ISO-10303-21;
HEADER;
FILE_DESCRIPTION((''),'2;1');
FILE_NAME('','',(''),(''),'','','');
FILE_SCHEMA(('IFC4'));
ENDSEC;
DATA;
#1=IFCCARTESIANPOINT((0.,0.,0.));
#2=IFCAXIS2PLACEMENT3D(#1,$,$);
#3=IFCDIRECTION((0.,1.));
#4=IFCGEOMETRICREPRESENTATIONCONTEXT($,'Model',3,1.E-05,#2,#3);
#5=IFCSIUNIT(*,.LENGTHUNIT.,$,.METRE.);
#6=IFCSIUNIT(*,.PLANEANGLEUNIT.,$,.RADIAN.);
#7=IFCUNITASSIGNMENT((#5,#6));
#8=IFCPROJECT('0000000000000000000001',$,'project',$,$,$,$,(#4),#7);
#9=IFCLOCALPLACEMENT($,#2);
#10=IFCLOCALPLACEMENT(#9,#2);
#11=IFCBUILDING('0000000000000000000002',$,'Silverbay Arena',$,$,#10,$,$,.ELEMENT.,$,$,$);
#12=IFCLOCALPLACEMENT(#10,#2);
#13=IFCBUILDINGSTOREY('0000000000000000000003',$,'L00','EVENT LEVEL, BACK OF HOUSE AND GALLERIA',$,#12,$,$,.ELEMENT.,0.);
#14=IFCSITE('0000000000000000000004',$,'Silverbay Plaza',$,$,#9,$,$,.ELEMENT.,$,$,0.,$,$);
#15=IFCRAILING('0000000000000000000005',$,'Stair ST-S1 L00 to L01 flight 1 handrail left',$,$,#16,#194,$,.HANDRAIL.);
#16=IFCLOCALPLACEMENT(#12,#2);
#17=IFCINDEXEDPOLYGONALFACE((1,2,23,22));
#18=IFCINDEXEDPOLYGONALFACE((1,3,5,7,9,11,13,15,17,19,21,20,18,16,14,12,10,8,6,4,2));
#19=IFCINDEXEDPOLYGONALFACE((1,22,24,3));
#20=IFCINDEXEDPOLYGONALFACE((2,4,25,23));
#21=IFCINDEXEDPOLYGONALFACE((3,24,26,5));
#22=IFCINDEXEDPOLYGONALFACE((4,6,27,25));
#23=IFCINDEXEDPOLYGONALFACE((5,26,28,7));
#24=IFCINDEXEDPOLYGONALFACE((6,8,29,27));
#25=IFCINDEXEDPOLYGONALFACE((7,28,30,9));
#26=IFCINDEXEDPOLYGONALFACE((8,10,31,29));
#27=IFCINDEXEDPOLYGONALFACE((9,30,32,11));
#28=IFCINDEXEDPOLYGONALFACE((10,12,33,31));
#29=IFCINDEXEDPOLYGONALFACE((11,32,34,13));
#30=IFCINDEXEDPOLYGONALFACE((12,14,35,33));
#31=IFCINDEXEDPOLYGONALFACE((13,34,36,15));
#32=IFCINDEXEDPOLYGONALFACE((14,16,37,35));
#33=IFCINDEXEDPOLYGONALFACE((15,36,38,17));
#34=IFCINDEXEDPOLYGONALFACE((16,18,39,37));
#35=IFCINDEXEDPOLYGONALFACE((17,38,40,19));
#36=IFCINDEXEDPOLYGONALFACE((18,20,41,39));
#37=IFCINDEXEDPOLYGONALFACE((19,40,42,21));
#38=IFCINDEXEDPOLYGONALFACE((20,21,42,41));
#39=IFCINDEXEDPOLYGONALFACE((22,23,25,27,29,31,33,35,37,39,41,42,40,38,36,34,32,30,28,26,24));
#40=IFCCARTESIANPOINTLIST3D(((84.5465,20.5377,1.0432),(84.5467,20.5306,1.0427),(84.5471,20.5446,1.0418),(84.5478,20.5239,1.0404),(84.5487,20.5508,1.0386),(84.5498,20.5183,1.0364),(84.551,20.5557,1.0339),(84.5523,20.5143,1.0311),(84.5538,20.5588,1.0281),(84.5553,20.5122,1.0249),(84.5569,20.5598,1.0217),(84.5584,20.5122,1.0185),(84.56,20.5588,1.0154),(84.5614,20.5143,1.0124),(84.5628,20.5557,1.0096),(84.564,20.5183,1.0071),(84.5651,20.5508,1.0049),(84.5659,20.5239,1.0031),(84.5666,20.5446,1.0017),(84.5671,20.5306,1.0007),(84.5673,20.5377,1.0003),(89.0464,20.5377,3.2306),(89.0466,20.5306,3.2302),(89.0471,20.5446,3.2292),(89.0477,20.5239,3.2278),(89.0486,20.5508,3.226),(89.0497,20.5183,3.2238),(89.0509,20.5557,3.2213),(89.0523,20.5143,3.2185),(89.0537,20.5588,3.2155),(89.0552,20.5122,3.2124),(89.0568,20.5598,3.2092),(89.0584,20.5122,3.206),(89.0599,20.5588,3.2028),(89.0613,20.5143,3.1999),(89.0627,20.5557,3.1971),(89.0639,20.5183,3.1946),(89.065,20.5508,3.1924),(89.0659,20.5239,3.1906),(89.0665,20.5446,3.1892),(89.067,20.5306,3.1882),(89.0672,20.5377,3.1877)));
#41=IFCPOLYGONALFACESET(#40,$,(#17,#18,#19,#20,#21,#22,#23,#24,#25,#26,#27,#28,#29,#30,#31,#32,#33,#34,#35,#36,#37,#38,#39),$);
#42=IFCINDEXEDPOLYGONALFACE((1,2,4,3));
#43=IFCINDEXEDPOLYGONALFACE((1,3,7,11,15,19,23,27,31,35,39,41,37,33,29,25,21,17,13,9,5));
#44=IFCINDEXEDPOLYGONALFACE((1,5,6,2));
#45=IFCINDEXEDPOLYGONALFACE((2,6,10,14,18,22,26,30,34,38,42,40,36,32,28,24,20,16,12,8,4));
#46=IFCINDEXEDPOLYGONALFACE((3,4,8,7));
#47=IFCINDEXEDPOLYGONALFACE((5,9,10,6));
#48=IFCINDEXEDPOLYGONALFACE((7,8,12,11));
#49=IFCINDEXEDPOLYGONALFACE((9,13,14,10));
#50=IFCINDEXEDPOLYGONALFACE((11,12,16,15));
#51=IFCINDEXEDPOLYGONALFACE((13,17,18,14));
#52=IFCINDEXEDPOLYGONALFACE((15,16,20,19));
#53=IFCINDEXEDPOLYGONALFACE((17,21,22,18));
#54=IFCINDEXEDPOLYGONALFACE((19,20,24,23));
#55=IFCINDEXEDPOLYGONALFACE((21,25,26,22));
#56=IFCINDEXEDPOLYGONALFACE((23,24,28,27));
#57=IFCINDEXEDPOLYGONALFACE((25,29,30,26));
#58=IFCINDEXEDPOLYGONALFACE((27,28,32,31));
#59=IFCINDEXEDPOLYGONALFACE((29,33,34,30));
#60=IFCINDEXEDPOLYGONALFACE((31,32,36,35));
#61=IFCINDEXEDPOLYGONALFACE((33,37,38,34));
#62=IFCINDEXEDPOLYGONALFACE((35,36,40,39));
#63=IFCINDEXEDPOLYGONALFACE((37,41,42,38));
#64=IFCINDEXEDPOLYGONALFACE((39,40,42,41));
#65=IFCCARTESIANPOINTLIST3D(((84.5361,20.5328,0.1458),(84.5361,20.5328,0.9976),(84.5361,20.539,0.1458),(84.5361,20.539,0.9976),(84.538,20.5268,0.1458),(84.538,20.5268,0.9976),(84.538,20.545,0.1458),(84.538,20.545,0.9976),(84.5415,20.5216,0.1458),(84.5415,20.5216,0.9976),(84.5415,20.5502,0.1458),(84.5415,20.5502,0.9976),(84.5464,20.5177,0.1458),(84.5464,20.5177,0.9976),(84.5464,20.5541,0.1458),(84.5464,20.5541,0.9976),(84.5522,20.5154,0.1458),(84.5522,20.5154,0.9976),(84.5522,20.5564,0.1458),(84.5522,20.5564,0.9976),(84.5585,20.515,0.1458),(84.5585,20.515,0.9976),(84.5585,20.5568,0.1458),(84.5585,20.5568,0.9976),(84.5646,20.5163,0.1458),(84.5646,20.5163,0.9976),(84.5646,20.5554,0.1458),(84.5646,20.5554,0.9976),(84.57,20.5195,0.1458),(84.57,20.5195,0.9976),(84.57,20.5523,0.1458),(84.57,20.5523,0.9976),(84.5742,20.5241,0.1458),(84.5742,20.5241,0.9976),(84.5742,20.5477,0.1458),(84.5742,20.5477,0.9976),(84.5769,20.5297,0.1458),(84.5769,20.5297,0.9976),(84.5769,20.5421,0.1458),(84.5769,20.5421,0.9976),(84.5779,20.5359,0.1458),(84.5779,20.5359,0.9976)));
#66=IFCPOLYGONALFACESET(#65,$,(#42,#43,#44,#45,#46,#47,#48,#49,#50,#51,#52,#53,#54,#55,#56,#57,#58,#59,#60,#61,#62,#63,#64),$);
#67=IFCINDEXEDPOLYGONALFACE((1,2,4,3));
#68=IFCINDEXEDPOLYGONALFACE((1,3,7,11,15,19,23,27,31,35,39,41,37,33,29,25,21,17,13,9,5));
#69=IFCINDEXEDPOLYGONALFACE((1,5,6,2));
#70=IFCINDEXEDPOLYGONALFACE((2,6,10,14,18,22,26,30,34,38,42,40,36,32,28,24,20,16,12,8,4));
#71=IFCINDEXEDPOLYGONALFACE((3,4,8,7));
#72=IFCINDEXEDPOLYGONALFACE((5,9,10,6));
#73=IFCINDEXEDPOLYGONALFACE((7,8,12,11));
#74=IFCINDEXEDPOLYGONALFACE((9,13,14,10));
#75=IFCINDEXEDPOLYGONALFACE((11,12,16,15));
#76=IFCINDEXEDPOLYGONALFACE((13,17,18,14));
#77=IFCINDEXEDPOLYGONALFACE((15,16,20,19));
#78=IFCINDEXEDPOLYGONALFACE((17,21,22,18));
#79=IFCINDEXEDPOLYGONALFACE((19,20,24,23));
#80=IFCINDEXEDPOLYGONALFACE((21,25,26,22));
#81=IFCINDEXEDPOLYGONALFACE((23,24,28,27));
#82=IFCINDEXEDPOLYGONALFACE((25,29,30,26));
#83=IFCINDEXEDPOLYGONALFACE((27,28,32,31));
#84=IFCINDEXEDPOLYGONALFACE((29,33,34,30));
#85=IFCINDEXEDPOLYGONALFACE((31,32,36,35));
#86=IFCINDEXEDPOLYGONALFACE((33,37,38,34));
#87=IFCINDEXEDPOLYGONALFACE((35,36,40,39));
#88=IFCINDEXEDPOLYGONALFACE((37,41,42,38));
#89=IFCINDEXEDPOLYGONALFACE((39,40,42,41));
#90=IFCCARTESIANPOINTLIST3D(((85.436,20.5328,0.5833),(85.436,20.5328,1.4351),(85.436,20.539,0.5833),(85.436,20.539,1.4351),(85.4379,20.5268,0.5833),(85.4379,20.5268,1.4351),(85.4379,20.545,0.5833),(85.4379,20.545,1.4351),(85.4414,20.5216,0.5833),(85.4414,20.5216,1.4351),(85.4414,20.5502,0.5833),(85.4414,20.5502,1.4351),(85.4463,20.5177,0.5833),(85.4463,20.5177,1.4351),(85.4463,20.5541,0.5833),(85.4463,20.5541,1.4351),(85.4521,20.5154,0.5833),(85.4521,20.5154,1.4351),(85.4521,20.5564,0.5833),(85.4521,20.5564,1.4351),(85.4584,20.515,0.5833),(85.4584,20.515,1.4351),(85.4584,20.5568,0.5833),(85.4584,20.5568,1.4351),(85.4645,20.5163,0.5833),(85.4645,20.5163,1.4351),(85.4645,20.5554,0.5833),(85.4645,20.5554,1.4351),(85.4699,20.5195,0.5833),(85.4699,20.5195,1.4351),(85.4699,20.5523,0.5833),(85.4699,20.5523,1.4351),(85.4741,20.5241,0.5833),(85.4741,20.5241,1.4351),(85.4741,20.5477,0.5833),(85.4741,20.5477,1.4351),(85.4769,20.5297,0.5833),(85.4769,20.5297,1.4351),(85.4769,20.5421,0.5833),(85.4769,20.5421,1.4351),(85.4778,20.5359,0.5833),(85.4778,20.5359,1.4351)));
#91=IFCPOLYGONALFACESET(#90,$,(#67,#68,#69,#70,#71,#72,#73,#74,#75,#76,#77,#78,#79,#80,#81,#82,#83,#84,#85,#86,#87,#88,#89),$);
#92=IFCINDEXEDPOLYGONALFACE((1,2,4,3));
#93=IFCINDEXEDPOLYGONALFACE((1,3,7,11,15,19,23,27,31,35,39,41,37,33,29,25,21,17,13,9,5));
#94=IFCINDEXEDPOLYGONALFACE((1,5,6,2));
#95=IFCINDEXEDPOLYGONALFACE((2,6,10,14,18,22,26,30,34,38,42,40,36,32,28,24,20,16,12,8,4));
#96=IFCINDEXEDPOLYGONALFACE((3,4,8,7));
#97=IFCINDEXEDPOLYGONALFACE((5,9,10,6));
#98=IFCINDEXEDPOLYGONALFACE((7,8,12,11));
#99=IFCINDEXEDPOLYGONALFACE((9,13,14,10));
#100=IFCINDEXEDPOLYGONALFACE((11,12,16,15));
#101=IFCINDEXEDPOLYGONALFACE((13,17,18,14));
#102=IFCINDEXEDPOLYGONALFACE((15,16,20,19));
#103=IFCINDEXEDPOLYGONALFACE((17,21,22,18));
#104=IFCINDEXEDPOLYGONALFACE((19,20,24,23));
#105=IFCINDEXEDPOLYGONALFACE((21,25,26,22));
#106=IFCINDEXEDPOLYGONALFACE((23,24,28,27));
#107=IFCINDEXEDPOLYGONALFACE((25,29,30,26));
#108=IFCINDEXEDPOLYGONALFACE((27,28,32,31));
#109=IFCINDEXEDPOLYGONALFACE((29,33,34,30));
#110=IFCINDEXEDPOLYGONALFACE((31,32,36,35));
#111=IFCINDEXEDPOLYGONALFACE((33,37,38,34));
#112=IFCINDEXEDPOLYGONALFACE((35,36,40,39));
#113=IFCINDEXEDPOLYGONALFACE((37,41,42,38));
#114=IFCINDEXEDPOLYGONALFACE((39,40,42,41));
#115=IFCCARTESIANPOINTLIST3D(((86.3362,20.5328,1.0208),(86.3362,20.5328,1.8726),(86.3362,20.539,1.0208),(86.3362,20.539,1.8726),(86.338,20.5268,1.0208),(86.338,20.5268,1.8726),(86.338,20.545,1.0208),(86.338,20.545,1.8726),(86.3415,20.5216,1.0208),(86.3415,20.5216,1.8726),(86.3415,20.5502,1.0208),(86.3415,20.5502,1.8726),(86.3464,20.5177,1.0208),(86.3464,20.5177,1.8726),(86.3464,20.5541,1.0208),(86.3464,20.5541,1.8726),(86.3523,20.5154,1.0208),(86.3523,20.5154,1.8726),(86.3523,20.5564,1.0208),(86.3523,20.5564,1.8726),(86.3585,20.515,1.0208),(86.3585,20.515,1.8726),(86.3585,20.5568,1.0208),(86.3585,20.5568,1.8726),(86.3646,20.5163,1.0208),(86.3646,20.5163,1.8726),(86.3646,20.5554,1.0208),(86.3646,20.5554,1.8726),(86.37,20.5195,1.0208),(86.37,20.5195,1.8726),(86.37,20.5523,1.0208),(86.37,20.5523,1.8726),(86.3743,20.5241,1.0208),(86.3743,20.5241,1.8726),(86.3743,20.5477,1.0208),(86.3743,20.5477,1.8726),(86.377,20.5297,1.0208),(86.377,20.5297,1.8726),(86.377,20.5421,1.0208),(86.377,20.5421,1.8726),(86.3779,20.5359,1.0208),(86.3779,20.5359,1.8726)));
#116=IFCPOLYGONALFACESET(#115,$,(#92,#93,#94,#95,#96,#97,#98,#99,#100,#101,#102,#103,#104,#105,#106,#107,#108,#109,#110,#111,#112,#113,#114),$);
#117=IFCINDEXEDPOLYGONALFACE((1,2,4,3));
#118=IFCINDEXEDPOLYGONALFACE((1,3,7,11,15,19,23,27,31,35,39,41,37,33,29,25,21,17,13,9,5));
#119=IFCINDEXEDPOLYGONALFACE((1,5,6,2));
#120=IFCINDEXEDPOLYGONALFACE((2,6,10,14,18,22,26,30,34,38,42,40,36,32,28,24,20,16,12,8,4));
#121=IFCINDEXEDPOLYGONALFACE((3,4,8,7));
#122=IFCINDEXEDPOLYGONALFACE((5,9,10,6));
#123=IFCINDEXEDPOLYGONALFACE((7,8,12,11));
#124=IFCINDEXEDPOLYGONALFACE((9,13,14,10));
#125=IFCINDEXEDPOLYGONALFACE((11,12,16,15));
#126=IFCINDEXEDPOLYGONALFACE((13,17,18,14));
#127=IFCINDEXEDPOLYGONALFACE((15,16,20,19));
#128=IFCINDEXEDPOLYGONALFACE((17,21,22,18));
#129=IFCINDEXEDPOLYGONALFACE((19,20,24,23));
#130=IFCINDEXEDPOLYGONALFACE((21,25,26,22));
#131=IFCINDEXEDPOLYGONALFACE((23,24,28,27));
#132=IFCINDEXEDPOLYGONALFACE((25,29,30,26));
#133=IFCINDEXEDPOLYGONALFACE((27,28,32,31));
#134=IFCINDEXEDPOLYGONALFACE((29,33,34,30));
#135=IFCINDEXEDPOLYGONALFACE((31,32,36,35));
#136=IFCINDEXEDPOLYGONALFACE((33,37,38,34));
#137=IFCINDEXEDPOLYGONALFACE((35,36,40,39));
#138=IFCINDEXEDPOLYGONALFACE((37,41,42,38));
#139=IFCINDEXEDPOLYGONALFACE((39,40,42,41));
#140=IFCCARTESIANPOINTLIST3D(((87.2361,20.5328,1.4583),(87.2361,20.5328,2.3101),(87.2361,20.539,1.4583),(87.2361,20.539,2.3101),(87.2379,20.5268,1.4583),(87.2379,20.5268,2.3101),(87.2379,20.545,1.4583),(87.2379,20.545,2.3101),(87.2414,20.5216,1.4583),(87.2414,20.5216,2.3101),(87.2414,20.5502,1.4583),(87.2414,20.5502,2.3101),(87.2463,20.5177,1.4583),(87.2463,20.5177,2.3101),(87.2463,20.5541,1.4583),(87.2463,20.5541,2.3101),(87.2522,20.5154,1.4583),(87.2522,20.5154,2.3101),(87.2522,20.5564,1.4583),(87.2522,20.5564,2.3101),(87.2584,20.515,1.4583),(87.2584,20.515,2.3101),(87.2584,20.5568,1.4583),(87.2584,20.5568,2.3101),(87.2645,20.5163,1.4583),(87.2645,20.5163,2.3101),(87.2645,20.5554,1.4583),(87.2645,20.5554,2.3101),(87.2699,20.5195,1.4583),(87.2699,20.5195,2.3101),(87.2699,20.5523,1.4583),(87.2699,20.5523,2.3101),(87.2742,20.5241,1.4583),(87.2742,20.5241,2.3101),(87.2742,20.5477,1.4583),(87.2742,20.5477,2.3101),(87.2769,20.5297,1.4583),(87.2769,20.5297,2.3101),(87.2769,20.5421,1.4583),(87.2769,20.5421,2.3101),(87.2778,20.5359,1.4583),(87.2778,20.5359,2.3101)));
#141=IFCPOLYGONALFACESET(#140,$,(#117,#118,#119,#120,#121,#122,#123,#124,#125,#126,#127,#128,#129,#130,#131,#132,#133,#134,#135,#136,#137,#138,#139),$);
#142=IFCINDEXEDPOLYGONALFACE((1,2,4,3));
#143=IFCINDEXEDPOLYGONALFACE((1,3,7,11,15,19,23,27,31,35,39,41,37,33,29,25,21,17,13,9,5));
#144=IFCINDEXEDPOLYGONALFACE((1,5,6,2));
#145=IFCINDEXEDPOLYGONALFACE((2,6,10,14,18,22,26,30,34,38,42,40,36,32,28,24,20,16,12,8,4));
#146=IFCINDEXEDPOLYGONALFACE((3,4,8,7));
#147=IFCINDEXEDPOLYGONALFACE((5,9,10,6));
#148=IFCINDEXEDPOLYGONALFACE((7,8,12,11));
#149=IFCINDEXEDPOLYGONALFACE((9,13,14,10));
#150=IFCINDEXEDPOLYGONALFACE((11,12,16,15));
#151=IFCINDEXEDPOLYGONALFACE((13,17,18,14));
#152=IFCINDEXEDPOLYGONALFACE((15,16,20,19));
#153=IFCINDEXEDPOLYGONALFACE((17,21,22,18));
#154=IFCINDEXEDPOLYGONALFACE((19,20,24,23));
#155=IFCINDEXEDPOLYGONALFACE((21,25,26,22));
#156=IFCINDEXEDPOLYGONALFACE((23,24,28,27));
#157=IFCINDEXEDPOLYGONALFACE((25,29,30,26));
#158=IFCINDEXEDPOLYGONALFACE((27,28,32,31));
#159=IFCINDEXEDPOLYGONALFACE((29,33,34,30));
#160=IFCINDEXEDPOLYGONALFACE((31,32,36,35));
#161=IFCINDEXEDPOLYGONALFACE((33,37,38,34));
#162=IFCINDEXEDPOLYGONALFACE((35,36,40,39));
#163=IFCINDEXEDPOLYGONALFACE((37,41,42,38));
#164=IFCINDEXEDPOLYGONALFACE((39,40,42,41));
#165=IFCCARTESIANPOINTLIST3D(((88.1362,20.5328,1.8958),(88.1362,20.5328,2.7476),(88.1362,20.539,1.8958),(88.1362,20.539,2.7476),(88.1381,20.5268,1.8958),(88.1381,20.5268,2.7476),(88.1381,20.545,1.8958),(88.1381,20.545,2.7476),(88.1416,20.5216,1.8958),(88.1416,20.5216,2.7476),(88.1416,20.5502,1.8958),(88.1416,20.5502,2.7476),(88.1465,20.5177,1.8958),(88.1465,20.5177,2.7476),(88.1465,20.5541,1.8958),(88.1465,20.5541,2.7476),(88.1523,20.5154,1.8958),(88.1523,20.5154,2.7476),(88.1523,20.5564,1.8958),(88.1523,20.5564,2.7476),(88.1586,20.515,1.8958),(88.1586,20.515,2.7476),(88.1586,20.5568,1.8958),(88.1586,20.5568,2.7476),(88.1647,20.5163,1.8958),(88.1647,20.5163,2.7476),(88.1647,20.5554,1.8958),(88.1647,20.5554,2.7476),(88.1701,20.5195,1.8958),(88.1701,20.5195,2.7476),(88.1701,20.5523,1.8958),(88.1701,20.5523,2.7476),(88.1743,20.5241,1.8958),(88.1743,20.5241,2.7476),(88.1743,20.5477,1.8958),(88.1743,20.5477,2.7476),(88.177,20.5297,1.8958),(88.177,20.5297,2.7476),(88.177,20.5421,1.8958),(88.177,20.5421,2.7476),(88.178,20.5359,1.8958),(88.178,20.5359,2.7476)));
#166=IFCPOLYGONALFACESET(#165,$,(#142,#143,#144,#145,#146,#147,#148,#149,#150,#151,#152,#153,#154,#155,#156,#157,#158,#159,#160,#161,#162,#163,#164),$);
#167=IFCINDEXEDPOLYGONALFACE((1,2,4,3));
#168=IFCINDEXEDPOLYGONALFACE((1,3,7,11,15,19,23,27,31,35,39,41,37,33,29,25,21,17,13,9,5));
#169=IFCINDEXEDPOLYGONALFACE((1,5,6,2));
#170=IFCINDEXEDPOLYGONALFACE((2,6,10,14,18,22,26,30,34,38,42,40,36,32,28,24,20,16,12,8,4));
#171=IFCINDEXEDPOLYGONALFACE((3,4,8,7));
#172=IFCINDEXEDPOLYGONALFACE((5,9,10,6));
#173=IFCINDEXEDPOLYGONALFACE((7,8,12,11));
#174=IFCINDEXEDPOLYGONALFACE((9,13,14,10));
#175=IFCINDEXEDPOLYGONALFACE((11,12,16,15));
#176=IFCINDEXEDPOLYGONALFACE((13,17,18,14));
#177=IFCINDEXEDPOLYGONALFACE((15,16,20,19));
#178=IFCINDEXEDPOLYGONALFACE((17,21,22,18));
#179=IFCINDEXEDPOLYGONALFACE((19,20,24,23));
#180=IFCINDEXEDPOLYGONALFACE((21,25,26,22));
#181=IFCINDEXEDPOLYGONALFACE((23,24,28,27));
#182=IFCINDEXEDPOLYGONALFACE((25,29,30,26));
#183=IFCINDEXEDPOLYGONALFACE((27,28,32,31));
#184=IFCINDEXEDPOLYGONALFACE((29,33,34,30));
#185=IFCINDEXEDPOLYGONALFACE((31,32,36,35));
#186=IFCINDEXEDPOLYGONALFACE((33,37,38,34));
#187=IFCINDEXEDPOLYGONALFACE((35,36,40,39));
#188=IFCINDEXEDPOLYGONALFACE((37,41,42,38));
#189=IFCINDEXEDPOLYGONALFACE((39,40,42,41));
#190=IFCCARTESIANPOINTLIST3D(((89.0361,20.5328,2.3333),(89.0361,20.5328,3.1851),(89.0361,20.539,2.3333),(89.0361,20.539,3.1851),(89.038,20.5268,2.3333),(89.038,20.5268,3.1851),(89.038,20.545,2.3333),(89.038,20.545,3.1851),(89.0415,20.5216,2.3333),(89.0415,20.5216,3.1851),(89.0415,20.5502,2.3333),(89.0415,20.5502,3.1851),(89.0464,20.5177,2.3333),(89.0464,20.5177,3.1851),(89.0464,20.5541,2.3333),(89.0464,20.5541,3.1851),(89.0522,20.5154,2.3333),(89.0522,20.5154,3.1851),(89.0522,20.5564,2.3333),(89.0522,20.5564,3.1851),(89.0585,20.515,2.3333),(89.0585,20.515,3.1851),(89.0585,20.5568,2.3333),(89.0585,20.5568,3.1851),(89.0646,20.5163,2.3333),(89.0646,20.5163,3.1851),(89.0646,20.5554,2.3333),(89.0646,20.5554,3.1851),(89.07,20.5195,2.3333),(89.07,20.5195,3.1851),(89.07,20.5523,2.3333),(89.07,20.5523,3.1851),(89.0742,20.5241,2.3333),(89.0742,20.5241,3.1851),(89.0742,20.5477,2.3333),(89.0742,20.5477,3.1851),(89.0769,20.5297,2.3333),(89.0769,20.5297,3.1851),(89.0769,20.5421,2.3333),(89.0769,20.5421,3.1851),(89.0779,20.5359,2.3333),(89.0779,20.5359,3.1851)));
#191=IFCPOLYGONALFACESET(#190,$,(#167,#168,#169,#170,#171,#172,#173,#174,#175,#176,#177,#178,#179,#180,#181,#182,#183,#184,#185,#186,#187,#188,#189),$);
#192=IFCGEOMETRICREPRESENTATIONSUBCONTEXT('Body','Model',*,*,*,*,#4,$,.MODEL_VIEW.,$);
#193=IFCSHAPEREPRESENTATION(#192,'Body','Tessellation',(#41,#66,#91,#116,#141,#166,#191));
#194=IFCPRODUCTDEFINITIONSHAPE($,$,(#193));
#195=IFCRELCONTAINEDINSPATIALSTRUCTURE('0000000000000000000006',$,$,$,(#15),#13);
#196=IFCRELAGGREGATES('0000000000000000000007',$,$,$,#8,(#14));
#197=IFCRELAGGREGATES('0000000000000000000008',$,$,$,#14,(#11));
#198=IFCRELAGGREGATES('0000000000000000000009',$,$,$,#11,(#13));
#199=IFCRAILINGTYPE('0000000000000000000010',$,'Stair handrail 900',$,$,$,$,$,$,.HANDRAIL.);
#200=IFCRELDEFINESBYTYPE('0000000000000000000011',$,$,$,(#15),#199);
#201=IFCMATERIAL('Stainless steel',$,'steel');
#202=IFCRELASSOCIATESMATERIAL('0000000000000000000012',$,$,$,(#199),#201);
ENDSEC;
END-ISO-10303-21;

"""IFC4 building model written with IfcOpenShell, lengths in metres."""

from ifc_helpers import new_model, si_unit, direction, frame, origin, origin_2d, place, context, subcontext, project, spatial, circle, extrude, material, type_object, element, save


model = new_model("IFC4")

# Units and contexts
model_context = context("Model", 3, precision=1e-05, world=origin(), true_north=direction((0.0, 1.0)))
body_context = subcontext(model_context, "Body", "Model", "MODEL_VIEW")
ifc_project = project(units=[si_unit("LENGTHUNIT", "METRE"), si_unit("PLANEANGLEUNIT", "RADIAN")], contexts=[model_context])

# Site, building, storey
site_placement = place(None, origin())
site = spatial("IfcSite", under=ifc_project, at=site_placement, Name="Silverbay Plaza", CompositionType="ELEMENT", RefElevation=0.0)
building_placement = place(site_placement, origin())
building = spatial("IfcBuilding", under=site, at=building_placement, Name="Silverbay Arena", CompositionType="ELEMENT")
storey_placement = place(building_placement, origin())
storey = spatial("IfcBuildingStorey", under=building, at=storey_placement, Name="L00", Description="EVENT LEVEL, BACK OF HOUSE AND GALLERIA", CompositionType="ELEMENT", Elevation=0.0)

# Railing
ifc_material_1 = material(Name="Stainless steel", Category="steel")
railing_type_1 = type_object("IfcRailingType", Name="Stair handrail 900", PredefinedType="HANDRAIL", material=ifc_material_1)
railing_1_placement = place(storey_placement, frame((84.5569, 20.5359, 0.1458)))
element("IfcRailing", 1, at=railing_1_placement, inside=storey, type_object=railing_type_1, Name="Stair ST-S1 L00 to L01 flight 1 handrail left", PredefinedType="HANDRAIL", context=body_context, shape_type="SweptSolid", body=[
    extrude(circle(Radius=0.0239, at=origin_2d()), frame((0.0, 0.0, 0.876), z_axis=(0.899368, 0.0, 0.437193), x_axis=(0.0, 1.0, 0.0)), (0.0, 0.0, 1.0), 5.0034),
    extrude(circle(Radius=0.021, at=origin_2d()), origin(), (0.0, 0.0, 1.0), 0.8518),
    extrude(circle(Radius=0.021, at=origin_2d()), frame((0.8999, 0.0, 0.4375)), (0.0, 0.0, 1.0), 0.8518),
    extrude(circle(Radius=0.021, at=origin_2d()), frame((1.8, 0.0, 0.875)), (0.0, 0.0, 1.0), 0.8518),
    extrude(circle(Radius=0.021, at=origin_2d()), frame((2.7, 0.0, 1.3125)), (0.0, 0.0, 1.0), 0.8518),
    extrude(circle(Radius=0.021, at=origin_2d()), frame((3.6001, 0.0, 1.75)), (0.0, 0.0, 1.0), 0.8518),
    extrude(circle(Radius=0.021, at=origin_2d()), frame((4.5, 0.0, 2.1875)), (0.0, 0.0, 1.0), 0.8518),
])

save(model, "model.ifc")
